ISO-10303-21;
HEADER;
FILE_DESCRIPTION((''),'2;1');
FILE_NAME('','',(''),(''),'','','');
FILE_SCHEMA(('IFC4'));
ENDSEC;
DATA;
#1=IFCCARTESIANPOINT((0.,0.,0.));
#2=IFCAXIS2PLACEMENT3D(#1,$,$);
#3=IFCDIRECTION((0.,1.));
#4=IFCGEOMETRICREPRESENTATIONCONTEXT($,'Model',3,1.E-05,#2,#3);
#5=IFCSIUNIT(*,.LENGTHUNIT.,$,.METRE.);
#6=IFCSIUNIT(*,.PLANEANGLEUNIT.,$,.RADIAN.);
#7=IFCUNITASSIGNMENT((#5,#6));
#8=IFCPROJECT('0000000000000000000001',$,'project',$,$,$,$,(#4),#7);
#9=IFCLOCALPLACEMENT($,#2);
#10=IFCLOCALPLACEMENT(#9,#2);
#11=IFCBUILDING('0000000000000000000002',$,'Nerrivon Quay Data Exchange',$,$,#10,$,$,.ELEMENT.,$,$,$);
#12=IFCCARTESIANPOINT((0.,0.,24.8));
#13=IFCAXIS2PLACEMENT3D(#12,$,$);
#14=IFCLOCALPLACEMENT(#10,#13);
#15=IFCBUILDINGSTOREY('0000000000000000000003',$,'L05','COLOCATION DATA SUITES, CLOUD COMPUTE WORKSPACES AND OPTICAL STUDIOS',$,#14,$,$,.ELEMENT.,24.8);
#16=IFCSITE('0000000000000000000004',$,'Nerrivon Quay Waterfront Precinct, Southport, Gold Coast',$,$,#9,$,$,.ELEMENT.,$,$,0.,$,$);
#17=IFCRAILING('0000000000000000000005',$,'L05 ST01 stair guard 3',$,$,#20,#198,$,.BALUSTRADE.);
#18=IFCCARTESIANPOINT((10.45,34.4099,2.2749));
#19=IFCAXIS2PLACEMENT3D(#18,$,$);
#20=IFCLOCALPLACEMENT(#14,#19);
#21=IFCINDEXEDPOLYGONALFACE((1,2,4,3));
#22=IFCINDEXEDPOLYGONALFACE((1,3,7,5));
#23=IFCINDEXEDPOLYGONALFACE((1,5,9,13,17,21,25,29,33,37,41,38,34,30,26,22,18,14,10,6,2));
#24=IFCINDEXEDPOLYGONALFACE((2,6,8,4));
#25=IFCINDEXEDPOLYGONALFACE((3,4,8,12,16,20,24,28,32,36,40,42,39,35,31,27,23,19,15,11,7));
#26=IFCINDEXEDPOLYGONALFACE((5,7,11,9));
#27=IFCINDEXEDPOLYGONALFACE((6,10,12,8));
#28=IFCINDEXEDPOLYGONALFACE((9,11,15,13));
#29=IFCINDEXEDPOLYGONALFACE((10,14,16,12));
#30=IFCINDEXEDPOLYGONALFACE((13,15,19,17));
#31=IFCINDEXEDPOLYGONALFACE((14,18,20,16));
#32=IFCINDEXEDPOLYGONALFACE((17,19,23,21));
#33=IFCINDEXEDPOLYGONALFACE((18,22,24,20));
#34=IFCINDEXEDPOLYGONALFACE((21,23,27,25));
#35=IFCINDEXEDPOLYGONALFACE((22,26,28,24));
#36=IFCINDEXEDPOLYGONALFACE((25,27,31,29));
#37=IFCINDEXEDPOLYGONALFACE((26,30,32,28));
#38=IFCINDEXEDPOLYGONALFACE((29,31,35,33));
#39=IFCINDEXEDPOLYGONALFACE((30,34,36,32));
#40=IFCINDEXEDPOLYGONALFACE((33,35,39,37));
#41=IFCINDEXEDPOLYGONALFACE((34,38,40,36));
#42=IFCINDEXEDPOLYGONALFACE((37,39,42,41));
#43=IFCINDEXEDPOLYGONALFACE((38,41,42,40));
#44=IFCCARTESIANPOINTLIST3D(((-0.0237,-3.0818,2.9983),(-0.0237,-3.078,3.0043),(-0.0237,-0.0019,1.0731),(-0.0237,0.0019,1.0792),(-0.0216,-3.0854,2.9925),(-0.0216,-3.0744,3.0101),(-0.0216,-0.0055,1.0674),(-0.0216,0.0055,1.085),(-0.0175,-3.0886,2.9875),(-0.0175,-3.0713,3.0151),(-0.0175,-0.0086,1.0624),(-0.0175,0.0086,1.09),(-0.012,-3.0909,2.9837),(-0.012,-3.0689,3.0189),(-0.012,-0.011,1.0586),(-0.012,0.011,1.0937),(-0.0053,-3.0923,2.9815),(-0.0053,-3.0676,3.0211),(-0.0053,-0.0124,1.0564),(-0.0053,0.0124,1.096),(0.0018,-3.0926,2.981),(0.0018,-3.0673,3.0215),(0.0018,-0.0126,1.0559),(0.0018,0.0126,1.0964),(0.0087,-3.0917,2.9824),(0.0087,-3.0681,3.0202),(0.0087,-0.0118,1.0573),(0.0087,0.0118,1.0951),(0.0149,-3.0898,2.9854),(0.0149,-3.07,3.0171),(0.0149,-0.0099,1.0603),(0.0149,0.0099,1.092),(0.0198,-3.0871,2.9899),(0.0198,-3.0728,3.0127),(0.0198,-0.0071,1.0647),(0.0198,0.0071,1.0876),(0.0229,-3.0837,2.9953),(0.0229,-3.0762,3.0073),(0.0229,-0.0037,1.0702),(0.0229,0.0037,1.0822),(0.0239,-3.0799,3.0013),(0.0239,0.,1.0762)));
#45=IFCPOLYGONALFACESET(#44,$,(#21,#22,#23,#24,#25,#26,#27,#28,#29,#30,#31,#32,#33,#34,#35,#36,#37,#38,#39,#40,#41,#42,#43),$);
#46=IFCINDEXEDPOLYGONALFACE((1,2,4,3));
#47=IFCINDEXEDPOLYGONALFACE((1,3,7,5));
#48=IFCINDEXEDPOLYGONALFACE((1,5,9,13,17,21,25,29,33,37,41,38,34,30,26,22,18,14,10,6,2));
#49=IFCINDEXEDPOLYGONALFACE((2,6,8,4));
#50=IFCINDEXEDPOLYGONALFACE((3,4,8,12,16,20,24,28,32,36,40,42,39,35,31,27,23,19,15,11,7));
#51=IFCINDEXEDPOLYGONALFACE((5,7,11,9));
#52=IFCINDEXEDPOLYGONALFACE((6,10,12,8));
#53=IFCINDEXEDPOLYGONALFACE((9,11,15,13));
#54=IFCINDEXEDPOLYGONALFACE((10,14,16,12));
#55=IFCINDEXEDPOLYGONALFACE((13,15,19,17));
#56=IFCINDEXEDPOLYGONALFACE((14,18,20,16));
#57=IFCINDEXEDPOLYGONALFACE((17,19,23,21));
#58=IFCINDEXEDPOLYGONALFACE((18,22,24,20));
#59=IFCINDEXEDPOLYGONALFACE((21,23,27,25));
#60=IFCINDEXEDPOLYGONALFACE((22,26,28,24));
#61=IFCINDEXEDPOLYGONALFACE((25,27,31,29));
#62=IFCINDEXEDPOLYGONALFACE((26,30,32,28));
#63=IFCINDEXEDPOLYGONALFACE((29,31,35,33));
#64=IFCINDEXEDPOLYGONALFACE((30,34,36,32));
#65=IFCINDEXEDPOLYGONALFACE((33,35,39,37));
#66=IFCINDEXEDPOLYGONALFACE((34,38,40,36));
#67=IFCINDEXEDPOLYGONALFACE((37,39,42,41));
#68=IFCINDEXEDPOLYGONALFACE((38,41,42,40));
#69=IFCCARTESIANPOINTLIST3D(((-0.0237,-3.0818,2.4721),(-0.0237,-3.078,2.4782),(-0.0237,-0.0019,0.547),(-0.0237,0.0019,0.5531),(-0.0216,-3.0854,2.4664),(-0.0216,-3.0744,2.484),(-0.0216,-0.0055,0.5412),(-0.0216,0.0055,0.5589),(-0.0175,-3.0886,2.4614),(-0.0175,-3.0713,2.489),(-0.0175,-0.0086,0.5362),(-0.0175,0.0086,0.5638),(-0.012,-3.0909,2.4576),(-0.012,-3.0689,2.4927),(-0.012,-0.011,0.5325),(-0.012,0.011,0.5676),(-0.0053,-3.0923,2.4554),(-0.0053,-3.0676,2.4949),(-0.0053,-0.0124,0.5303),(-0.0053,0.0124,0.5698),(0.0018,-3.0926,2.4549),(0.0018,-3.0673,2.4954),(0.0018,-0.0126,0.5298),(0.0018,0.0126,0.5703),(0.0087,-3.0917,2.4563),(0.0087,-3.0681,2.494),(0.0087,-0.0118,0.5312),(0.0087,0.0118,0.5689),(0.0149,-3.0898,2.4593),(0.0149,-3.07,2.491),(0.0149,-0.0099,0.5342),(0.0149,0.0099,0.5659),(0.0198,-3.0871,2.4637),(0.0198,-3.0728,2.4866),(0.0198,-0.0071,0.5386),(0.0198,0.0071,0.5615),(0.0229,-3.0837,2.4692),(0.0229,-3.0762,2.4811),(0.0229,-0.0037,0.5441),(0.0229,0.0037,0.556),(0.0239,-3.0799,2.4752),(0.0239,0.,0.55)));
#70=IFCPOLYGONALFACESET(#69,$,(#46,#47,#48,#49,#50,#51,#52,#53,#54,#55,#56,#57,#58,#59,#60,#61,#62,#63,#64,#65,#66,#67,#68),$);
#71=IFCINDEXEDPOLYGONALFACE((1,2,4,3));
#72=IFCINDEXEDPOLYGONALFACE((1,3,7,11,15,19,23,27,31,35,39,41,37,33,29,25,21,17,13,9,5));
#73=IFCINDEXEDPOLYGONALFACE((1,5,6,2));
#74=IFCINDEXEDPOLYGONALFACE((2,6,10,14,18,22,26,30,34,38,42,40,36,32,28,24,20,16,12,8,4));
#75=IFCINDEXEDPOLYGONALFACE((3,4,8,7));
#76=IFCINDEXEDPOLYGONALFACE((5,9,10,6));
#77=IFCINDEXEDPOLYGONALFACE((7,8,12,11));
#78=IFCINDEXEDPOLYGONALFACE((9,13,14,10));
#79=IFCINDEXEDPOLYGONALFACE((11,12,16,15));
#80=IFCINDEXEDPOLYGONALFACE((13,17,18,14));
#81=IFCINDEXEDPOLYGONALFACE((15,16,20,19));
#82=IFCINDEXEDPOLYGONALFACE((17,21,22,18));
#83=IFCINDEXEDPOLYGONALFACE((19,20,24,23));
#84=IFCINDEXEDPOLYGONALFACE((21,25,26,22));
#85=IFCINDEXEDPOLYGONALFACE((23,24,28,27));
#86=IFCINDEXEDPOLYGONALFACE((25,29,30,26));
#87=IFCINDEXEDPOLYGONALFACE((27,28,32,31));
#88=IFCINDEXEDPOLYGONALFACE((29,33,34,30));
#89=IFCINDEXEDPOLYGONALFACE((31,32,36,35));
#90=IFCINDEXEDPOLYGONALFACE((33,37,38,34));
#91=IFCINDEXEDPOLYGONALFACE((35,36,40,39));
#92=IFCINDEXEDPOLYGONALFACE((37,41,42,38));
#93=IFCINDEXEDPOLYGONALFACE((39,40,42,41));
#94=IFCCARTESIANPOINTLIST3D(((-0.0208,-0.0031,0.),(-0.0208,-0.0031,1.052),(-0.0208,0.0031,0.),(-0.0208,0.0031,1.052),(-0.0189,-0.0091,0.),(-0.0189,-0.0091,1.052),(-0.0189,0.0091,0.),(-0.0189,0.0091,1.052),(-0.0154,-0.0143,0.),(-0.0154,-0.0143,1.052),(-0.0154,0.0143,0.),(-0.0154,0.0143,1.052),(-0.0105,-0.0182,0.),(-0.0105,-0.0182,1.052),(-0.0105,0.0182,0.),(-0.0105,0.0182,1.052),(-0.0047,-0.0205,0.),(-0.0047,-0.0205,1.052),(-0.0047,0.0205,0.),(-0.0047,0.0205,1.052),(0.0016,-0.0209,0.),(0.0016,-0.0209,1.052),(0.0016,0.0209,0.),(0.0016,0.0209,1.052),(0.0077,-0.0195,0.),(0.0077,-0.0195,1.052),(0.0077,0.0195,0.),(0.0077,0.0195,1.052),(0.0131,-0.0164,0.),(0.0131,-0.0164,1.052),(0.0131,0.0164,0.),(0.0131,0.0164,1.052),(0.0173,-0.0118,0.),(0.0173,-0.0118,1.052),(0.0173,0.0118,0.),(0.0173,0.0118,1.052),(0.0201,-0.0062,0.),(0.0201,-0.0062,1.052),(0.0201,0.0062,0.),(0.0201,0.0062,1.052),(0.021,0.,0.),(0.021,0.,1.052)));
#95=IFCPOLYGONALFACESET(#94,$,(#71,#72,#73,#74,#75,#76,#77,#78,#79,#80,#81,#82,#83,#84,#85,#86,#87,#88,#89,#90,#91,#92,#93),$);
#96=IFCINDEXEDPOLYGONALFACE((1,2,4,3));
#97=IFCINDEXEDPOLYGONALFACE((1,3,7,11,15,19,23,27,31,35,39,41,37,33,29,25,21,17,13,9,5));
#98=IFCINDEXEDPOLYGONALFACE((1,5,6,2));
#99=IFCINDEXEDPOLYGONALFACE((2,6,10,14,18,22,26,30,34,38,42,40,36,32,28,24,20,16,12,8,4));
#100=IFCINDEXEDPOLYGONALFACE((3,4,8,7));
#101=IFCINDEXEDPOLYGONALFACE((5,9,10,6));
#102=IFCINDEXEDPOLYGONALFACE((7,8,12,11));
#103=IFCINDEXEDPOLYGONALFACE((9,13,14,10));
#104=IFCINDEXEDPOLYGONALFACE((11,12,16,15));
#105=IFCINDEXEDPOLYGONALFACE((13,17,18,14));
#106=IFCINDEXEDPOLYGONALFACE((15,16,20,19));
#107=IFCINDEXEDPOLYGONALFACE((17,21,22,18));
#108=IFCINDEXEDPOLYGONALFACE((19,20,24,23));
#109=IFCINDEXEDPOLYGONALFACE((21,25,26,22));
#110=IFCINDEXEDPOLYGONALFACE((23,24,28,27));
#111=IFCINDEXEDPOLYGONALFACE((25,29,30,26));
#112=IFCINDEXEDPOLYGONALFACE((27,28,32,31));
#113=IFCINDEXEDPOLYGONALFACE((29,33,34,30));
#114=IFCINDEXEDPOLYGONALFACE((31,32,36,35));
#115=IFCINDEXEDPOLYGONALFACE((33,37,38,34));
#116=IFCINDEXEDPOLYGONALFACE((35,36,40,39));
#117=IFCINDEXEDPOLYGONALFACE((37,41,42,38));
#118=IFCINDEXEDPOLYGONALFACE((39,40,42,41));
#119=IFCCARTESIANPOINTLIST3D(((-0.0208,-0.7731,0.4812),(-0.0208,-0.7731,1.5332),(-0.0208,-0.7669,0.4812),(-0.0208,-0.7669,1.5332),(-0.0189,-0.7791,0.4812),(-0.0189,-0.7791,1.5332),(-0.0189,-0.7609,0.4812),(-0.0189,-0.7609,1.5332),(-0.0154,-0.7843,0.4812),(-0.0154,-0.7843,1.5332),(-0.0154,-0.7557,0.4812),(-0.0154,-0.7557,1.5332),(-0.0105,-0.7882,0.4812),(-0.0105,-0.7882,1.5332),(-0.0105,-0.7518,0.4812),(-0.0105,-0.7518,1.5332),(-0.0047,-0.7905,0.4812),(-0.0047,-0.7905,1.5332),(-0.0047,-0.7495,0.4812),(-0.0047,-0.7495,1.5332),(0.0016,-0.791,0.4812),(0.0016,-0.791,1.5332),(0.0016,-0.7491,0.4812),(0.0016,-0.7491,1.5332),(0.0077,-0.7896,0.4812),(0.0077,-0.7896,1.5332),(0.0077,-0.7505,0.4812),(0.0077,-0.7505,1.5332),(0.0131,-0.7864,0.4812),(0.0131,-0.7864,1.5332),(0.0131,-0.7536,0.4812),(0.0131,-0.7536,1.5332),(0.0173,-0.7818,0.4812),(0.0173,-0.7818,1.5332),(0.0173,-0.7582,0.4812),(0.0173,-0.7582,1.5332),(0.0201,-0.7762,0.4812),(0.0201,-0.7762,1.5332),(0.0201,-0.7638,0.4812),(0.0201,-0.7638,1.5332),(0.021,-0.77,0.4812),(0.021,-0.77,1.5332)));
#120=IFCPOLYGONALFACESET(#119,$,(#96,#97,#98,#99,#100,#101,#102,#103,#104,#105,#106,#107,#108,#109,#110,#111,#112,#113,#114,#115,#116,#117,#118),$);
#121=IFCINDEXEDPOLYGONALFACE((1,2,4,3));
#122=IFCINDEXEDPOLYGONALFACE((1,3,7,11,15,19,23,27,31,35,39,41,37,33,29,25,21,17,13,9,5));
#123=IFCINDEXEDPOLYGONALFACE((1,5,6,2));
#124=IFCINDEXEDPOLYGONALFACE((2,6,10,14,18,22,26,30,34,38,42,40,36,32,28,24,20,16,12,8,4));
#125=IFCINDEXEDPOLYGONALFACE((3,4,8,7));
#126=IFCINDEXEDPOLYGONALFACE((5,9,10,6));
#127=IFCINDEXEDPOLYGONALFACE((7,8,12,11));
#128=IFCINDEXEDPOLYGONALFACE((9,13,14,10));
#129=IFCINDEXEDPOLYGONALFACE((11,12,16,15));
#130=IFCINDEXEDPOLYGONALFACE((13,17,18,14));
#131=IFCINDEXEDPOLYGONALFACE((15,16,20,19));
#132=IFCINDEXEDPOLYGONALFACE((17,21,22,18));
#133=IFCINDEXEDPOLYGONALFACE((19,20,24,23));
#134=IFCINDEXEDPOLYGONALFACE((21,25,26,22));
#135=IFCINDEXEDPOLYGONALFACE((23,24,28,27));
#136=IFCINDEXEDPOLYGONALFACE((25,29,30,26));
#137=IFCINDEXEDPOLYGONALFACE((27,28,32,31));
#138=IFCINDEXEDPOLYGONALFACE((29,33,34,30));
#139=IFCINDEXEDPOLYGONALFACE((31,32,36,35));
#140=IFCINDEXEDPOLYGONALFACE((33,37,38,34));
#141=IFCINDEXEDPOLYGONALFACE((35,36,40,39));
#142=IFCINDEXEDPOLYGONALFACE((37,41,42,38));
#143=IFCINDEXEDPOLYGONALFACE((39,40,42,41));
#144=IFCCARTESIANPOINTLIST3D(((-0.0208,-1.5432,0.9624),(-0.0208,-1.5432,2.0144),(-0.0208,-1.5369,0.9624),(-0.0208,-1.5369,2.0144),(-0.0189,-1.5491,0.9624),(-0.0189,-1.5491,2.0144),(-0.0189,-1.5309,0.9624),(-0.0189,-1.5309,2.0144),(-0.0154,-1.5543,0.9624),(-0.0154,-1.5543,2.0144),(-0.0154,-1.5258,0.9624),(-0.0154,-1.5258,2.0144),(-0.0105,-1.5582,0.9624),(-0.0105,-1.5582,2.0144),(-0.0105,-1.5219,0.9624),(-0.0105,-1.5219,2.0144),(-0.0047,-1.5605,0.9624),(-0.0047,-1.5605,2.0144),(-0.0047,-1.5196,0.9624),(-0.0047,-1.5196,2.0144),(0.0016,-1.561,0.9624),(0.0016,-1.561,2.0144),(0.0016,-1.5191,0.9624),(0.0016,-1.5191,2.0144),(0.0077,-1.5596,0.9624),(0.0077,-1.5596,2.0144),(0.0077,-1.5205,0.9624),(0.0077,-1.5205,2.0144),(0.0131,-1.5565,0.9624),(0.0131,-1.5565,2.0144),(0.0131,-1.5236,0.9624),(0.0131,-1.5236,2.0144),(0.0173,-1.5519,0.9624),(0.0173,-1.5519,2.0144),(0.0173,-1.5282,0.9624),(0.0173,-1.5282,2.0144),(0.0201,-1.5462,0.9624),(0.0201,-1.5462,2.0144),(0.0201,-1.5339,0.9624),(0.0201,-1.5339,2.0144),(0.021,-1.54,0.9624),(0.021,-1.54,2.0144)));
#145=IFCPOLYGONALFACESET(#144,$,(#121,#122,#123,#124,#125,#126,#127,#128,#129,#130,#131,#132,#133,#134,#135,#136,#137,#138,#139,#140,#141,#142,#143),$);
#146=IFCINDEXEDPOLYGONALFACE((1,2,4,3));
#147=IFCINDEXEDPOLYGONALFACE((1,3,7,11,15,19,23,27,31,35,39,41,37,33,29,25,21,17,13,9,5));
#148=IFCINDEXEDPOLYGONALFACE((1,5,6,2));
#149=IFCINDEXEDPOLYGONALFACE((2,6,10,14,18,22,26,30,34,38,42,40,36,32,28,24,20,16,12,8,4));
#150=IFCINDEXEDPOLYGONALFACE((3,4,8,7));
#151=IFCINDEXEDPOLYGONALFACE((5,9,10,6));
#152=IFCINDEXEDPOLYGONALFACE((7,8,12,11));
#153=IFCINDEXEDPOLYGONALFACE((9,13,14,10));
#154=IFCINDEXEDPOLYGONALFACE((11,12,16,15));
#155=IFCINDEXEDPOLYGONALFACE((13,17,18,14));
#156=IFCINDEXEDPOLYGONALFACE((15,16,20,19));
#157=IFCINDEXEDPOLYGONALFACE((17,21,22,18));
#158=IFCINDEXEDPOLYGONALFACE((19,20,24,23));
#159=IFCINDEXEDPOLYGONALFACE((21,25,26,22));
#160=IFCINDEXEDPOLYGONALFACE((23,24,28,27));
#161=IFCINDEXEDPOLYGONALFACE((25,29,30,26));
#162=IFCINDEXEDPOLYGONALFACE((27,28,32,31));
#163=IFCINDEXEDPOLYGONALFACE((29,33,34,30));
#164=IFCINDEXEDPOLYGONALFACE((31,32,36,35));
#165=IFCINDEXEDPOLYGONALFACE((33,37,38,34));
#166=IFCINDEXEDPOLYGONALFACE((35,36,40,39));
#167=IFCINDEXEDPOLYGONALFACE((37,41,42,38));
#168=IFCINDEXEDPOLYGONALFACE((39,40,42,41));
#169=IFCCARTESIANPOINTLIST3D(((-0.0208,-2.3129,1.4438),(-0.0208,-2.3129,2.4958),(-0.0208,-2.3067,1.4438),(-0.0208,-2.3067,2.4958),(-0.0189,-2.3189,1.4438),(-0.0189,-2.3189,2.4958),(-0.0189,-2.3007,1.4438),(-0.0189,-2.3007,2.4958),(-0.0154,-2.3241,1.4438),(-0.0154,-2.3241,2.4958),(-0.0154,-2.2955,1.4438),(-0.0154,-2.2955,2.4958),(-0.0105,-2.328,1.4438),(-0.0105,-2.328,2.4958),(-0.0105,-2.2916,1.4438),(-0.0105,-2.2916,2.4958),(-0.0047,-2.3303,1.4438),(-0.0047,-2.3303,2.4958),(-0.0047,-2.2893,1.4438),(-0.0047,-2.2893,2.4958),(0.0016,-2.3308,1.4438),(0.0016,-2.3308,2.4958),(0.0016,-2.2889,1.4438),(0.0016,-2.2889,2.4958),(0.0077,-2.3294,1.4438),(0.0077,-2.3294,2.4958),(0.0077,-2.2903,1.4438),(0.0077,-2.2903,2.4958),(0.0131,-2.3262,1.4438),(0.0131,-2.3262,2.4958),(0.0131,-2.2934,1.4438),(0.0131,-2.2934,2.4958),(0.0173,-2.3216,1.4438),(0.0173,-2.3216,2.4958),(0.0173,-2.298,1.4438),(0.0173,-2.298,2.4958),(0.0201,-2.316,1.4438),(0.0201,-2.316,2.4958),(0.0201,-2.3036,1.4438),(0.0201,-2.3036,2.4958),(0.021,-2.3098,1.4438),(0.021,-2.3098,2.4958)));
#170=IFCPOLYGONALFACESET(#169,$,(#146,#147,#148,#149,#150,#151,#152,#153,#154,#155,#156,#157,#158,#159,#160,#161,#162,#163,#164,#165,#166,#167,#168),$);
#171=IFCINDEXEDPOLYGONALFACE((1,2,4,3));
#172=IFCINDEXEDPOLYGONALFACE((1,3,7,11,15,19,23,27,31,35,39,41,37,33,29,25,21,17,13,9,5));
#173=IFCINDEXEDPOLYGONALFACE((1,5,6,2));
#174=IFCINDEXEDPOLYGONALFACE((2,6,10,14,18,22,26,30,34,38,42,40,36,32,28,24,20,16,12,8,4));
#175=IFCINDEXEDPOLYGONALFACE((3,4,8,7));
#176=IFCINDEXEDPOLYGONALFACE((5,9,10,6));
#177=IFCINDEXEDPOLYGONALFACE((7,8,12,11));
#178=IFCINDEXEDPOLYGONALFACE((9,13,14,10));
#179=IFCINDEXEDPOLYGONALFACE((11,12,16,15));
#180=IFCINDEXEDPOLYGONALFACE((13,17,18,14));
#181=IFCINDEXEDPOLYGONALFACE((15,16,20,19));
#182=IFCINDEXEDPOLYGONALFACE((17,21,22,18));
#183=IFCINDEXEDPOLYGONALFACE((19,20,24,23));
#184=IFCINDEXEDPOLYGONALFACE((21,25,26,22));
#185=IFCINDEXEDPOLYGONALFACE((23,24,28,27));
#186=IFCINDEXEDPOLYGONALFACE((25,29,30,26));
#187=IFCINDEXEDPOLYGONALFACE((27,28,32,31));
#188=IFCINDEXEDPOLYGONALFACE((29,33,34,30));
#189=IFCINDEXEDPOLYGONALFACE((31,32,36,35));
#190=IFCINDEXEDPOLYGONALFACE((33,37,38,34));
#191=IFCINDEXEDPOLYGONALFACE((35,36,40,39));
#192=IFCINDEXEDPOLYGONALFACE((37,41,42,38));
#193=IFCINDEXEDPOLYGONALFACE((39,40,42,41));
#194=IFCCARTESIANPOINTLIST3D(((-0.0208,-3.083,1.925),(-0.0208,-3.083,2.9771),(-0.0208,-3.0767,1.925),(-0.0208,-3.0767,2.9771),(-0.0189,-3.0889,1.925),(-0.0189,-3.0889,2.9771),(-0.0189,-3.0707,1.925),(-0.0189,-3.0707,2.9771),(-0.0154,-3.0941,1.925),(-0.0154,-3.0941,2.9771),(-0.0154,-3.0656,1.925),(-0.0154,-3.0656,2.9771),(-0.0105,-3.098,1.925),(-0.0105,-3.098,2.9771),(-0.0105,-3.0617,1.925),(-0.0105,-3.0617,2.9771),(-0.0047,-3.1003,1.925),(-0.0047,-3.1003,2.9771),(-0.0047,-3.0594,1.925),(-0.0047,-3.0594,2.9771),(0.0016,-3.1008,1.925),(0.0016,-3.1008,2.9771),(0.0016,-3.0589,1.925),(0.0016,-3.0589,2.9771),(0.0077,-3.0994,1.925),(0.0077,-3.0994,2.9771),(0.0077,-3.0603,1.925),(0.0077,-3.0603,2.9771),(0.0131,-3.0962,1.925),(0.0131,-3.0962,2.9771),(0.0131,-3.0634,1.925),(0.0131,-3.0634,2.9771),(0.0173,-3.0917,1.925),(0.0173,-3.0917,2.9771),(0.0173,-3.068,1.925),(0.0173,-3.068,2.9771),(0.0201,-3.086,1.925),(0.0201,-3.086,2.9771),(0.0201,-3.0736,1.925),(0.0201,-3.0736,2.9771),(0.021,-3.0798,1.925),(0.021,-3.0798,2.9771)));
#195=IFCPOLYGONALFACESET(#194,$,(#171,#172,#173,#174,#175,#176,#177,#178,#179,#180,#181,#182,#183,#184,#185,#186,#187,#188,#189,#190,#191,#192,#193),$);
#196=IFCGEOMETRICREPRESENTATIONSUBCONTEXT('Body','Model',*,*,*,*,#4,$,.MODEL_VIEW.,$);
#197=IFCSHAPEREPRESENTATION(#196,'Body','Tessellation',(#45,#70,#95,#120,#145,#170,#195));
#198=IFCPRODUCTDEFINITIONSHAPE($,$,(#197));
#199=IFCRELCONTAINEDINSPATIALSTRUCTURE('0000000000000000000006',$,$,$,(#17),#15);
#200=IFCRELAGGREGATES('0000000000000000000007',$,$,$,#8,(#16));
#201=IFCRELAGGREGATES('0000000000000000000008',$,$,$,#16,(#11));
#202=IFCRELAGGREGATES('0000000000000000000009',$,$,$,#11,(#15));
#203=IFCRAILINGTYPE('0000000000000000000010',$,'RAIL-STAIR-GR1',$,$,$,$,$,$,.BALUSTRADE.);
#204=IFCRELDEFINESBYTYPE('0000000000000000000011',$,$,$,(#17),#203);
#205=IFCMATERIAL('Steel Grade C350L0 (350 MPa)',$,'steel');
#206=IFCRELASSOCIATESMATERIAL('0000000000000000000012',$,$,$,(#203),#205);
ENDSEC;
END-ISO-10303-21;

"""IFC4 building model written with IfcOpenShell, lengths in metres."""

from ifc_helpers import new_model, si_unit, direction, frame, origin, origin_2d, place, context, subcontext, project, spatial, circle, extrude, material, type_object, element, save


model = new_model("IFC4")

# Units and contexts
model_context = context("Model", 3, precision=1e-05, world=origin(), true_north=direction((0.0, 1.0)))
body_context = subcontext(model_context, "Body", "Model", "MODEL_VIEW")
ifc_project = project(units=[si_unit("LENGTHUNIT", "METRE"), si_unit("PLANEANGLEUNIT", "RADIAN")], contexts=[model_context])

# Site, building, storey
site_placement = place(None, origin())
site = spatial("IfcSite", under=ifc_project, at=site_placement, Name="Nerrivon Quay Waterfront Precinct, Southport, Gold Coast", CompositionType="ELEMENT", RefElevation=0.0)
building_placement = place(site_placement, origin())
building = spatial("IfcBuilding", under=site, at=building_placement, Name="Nerrivon Quay Data Exchange", CompositionType="ELEMENT")
storey_placement = place(building_placement, frame((0.0, 0.0, 24.8)))
storey = spatial("IfcBuildingStorey", under=building, at=storey_placement, Name="L05", Description="COLOCATION DATA SUITES, CLOUD COMPUTE WORKSPACES AND OPTICAL STUDIOS", CompositionType="ELEMENT", Elevation=24.8)

# Railing
ifc_material_1 = material(Name="Steel Grade C350L0 (350 MPa)", Category="steel")
railing_type_1 = type_object("IfcRailingType", Name="RAIL-STAIR-GR1", PredefinedType="BALUSTRADE", material=ifc_material_1)
railing_1_placement = place(storey_placement, frame((10.45, 34.4099, 2.2749)))
element("IfcRailing", 1, at=railing_1_placement, inside=storey, type_object=railing_type_1, Name="L05 ST01 stair guard 3", PredefinedType="BALUSTRADE", context=body_context, shape_type="SweptSolid", body=[
    extrude(circle(Radius=0.0239, at=origin_2d()), frame((0.0, 0.0, 1.0762), z_axis=(0.0, -0.847979, 0.530029), x_axis=(1.0, 0.0, 0.0)), (0.0, 0.0, 1.0), 3.6321),
    extrude(circle(Radius=0.0239, at=origin_2d()), frame((0.0, 0.0, 0.55), z_axis=(0.0, -0.847979, 0.530029), x_axis=(1.0, 0.0, 0.0)), (0.0, 0.0, 1.0), 3.6321),
    extrude(circle(Radius=0.021, at=origin_2d()), origin(), (0.0, 0.0, 1.0), 1.052),
    extrude(circle(Radius=0.021, at=origin_2d()), frame((0.0, -0.77, 0.4812)), (0.0, 0.0, 1.0), 1.052),
    extrude(circle(Radius=0.021, at=origin_2d()), frame((0.0, -1.54, 0.9624)), (0.0, 0.0, 1.0), 1.052),
    extrude(circle(Radius=0.021, at=origin_2d()), frame((0.0, -2.3098, 1.4438)), (0.0, 0.0, 1.0), 1.052),
    extrude(circle(Radius=0.021, at=origin_2d()), frame((0.0, -3.0798, 1.925)), (0.0, 0.0, 1.0), 1.052),
])

save(model, "model.ifc")
